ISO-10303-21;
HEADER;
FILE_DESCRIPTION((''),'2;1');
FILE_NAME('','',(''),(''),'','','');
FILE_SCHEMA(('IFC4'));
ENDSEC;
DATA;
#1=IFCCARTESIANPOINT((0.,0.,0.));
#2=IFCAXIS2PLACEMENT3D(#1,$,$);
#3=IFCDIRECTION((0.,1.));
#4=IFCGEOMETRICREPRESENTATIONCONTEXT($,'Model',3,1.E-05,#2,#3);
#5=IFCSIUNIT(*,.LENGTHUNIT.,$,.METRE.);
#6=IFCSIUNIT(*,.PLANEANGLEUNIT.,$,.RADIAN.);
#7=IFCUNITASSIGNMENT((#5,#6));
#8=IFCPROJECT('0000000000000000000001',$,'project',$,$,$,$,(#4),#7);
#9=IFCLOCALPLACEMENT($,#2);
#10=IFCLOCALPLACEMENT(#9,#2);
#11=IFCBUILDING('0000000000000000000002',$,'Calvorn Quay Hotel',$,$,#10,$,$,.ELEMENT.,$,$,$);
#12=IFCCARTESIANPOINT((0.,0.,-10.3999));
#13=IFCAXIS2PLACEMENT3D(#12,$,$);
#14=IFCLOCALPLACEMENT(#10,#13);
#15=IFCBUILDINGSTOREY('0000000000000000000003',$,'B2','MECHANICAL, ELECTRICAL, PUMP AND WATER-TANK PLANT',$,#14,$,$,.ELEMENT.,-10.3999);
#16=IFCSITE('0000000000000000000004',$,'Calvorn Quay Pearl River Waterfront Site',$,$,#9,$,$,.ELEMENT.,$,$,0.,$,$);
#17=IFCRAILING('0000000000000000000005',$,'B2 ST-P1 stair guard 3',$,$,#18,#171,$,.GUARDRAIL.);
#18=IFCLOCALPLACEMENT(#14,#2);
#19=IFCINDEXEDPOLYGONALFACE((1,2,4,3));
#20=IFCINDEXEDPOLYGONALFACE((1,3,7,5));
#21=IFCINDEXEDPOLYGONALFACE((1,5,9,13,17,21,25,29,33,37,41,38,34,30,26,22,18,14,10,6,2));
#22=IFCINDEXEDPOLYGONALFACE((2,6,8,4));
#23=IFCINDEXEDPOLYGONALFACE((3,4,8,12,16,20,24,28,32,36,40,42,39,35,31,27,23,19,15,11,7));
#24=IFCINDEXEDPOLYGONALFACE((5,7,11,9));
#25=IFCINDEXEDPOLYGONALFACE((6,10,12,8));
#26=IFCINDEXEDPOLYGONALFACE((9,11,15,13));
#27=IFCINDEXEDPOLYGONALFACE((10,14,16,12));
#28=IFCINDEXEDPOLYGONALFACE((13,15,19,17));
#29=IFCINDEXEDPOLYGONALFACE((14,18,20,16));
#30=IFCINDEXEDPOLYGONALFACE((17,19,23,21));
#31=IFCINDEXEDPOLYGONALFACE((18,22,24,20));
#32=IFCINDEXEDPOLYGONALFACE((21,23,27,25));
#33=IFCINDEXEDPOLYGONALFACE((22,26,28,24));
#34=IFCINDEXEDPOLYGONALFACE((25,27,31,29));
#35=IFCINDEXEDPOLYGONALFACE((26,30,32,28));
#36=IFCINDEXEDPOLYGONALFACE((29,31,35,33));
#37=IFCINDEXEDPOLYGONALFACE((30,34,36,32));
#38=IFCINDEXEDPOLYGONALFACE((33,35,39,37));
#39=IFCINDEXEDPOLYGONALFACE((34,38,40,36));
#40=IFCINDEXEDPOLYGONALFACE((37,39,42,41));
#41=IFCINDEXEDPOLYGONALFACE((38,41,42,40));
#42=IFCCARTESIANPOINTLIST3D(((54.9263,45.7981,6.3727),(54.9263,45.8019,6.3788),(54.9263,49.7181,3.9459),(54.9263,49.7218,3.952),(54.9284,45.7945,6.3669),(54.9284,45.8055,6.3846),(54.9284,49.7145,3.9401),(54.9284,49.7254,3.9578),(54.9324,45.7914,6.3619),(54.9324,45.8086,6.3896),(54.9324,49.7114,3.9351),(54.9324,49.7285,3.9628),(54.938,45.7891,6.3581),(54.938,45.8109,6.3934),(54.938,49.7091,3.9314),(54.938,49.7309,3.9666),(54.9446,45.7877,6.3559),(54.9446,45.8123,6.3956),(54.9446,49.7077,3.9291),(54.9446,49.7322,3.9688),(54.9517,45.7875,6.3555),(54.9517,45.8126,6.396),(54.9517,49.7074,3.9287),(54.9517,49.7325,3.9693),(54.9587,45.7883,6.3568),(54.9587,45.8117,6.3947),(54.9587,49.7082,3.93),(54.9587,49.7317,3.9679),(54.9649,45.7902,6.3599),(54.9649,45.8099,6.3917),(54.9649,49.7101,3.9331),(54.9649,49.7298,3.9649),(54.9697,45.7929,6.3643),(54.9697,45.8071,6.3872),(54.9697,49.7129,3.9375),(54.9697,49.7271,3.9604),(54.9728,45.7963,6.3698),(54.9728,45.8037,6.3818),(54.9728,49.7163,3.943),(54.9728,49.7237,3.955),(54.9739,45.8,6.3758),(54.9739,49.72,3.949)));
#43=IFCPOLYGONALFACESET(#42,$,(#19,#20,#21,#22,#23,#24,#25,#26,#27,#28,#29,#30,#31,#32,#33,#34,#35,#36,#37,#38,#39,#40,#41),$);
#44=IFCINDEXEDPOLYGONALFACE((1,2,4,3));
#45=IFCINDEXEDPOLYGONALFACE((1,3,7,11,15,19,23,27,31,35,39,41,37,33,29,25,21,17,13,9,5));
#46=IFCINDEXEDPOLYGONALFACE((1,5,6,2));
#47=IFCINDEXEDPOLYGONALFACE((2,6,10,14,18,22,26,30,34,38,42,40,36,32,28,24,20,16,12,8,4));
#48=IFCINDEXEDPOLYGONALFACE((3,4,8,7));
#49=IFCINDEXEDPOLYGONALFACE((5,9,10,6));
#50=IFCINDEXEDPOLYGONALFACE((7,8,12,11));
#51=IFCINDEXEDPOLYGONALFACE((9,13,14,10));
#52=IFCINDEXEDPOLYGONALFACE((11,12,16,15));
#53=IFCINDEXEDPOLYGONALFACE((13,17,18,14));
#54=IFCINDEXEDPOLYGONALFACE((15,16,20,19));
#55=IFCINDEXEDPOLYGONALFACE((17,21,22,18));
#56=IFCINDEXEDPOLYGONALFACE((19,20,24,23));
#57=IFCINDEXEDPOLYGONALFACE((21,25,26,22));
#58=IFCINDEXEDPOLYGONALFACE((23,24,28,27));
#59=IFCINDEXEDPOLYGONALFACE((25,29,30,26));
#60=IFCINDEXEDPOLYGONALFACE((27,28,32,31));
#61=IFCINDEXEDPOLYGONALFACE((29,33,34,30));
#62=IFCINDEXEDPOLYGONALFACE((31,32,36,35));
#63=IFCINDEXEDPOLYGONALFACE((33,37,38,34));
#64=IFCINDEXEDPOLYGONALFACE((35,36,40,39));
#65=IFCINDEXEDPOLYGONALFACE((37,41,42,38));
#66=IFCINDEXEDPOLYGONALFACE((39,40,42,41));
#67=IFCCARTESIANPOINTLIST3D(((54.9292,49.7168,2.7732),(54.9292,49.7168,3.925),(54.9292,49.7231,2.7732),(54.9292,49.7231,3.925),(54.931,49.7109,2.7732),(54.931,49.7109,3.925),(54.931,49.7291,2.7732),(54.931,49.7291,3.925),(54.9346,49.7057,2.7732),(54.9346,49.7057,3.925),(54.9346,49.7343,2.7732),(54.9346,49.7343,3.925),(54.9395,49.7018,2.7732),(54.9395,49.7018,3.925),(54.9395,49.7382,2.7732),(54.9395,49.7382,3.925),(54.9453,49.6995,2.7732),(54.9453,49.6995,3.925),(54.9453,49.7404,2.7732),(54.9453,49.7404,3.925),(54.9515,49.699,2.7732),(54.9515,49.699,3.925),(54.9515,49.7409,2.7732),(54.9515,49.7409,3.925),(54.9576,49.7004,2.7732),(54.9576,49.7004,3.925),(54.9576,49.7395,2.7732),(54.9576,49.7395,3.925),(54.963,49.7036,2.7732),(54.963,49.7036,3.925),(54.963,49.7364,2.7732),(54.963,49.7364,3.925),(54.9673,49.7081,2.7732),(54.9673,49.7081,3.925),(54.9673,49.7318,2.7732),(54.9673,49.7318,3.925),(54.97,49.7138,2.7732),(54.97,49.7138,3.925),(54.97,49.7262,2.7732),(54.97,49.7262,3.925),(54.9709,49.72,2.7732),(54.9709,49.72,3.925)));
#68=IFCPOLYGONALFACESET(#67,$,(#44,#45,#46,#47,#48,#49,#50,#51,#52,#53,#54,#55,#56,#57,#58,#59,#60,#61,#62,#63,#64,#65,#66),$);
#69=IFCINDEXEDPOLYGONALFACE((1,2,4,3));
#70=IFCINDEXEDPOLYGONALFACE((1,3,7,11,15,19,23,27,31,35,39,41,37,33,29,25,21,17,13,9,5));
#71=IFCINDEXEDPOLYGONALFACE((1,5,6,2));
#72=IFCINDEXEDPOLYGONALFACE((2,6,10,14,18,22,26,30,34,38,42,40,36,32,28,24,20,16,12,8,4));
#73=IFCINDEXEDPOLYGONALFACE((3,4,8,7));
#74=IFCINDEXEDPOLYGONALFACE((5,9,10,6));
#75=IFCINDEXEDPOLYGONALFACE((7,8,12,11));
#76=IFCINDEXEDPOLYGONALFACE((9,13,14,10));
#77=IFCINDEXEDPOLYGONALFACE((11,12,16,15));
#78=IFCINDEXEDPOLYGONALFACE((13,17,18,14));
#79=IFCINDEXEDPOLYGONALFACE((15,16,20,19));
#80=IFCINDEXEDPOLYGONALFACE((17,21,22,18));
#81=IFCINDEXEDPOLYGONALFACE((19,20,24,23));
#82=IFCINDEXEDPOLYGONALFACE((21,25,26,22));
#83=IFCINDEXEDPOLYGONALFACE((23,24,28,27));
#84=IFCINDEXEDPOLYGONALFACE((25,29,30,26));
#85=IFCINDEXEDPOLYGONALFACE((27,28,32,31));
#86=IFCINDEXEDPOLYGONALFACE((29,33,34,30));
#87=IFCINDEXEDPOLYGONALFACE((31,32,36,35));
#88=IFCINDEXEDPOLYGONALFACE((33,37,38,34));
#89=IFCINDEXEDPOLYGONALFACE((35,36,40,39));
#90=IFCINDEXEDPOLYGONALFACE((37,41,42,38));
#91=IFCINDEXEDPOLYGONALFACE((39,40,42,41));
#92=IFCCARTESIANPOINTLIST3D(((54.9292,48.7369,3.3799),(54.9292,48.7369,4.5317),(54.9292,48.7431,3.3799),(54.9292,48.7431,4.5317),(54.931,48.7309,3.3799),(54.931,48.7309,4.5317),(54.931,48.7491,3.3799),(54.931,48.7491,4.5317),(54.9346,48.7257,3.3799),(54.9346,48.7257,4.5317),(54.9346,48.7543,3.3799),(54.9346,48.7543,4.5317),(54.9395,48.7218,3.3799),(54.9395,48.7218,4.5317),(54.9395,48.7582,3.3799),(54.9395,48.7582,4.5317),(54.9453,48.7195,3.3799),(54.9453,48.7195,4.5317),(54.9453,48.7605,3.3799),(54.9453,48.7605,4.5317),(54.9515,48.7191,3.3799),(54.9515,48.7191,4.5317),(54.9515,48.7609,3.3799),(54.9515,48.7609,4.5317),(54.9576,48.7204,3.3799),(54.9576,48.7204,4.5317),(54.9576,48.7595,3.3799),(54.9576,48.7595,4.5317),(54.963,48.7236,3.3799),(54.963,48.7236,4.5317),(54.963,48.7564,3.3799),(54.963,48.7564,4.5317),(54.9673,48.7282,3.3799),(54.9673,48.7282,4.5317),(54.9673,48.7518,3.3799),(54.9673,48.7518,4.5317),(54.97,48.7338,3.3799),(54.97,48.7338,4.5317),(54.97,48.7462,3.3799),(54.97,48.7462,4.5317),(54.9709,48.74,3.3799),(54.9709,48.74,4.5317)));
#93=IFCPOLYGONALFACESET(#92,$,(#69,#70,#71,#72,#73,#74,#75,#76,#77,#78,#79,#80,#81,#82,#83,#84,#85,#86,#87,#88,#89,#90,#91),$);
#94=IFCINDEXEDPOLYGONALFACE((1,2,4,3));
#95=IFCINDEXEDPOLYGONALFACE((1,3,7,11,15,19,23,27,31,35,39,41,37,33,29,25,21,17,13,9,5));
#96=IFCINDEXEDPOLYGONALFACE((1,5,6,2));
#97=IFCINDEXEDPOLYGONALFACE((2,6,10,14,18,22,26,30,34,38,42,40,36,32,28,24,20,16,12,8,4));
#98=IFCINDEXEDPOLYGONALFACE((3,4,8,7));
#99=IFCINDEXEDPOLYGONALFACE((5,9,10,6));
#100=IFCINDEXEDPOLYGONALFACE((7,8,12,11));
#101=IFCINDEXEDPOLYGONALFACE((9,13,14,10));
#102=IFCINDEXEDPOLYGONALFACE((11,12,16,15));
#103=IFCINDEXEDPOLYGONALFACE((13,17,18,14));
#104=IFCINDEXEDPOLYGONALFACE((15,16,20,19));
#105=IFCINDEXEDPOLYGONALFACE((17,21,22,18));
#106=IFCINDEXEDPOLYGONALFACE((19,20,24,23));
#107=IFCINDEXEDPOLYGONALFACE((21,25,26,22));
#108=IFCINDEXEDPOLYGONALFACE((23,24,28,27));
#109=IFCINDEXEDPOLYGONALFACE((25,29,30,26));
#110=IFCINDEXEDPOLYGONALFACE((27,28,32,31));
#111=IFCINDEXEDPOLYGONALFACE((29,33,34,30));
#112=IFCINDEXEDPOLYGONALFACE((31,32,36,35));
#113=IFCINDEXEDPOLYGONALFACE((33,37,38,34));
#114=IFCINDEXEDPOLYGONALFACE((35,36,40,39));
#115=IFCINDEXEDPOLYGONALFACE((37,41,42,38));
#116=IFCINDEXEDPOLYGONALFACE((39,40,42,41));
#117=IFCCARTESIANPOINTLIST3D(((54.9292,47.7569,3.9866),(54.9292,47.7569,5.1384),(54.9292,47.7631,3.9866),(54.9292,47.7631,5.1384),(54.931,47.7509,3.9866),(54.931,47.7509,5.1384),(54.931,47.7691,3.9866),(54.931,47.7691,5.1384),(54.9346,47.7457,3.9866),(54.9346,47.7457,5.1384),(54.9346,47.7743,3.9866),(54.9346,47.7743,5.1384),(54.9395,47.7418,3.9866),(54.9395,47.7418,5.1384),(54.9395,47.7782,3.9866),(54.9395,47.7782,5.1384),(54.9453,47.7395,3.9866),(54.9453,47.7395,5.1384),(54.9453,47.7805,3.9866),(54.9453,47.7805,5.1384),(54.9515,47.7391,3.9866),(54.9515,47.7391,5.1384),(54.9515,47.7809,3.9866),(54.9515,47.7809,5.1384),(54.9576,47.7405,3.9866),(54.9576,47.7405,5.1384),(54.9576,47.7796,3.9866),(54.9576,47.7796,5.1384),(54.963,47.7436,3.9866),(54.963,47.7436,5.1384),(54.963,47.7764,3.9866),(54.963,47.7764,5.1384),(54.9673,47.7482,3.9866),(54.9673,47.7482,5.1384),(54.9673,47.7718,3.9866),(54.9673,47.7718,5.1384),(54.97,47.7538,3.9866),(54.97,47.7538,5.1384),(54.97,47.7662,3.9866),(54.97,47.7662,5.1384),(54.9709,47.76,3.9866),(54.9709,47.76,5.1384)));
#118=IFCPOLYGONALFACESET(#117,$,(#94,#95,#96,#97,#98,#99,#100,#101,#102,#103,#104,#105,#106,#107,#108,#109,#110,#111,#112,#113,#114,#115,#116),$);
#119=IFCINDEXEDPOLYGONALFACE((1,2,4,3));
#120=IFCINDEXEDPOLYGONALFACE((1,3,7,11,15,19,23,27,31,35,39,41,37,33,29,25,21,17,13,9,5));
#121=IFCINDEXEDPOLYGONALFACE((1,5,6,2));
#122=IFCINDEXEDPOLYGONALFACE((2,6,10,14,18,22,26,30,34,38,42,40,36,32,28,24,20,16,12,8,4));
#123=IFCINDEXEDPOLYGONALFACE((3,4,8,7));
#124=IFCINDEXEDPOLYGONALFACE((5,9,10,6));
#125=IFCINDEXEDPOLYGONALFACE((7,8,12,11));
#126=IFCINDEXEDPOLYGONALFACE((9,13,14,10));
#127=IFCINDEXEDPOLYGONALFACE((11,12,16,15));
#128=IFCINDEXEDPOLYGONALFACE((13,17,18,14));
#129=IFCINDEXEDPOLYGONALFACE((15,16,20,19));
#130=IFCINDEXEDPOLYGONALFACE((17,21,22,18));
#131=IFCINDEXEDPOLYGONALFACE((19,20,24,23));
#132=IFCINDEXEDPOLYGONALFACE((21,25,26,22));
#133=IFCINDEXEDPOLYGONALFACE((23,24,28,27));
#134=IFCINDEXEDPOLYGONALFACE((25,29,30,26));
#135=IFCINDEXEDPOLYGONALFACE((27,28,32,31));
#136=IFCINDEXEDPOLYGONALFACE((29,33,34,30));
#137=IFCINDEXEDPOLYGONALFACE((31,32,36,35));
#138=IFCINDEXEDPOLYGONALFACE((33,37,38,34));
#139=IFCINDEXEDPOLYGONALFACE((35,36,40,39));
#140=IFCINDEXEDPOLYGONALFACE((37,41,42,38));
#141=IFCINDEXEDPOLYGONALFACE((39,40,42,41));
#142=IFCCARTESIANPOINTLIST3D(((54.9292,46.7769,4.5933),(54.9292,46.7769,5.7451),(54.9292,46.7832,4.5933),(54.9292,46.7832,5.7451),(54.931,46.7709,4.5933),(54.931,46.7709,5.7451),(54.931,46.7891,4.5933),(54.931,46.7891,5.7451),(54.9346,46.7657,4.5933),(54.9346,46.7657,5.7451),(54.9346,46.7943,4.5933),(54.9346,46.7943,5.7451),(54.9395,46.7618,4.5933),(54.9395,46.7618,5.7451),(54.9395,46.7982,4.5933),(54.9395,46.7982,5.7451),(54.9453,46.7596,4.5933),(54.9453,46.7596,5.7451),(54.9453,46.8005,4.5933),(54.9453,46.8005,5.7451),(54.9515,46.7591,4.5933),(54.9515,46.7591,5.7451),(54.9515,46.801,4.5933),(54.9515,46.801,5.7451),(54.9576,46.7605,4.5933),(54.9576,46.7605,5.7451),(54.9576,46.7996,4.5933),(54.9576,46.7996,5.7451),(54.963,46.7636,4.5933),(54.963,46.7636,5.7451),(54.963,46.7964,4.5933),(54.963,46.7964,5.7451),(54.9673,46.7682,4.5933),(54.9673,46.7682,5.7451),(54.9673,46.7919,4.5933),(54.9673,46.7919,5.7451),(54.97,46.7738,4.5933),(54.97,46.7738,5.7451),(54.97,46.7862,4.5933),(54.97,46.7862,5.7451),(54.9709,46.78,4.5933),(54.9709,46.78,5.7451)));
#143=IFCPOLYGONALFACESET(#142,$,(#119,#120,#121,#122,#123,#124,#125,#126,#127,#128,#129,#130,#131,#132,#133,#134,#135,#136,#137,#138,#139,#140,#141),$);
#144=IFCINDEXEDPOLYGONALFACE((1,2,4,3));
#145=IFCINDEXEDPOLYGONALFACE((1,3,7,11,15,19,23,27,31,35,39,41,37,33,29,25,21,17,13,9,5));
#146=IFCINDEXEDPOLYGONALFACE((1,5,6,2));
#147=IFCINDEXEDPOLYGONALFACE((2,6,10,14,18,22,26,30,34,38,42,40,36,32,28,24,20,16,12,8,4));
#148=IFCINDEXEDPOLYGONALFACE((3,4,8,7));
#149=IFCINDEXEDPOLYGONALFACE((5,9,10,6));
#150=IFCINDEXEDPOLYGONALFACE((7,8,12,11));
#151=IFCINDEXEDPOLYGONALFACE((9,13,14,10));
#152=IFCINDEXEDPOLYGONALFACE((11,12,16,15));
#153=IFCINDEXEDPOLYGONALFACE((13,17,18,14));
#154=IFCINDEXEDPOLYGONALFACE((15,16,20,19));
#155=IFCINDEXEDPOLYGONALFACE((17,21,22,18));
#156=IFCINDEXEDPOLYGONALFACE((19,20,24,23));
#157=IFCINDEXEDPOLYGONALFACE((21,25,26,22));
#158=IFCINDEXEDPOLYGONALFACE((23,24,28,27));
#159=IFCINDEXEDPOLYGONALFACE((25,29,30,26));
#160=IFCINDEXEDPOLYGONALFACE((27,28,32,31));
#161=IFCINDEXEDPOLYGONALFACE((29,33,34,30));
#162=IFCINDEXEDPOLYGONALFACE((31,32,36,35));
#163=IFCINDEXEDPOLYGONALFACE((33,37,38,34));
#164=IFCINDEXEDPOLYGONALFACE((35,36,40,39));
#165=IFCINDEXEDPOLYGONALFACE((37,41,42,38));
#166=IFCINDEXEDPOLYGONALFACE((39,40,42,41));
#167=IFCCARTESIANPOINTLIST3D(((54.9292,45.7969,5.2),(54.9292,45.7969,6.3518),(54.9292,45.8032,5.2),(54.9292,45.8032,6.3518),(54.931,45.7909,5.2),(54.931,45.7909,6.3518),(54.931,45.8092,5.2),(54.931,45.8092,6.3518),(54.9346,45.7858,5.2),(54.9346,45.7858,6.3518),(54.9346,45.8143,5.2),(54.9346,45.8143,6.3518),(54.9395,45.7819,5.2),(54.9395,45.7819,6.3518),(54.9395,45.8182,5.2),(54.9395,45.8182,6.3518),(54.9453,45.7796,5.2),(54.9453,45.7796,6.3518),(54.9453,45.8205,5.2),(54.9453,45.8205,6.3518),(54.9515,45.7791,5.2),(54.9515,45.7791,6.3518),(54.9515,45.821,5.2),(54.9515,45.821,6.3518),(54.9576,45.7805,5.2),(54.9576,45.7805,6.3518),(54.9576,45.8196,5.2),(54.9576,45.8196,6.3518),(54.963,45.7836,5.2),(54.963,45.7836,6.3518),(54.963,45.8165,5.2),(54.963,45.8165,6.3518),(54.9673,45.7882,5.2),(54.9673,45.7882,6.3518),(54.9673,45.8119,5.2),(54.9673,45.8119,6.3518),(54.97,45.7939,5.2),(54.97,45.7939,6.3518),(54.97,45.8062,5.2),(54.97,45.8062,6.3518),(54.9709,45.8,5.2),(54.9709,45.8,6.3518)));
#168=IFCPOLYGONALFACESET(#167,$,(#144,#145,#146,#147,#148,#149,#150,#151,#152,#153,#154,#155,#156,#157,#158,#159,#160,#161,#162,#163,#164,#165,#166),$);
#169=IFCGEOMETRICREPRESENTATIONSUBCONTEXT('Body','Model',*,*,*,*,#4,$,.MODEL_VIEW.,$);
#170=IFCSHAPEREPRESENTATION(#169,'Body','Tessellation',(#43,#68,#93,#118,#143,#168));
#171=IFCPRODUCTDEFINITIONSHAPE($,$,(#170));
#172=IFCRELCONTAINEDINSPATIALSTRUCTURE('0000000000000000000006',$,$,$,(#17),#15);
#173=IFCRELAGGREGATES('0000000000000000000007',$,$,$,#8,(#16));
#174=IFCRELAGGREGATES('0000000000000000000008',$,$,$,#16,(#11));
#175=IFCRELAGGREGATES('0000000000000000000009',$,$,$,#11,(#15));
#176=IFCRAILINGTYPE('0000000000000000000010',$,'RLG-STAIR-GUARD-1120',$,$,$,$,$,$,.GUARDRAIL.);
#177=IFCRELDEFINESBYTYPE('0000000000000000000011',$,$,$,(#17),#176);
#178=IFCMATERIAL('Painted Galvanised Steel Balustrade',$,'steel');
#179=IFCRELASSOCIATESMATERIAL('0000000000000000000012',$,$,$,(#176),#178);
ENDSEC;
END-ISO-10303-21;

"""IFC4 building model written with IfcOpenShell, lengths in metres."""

from ifc_helpers import new_model, si_unit, direction, frame, origin, origin_2d, place, context, subcontext, project, spatial, circle, extrude, material, type_object, element, save


model = new_model("IFC4")

# Units and contexts
model_context = context("Model", 3, precision=1e-05, world=origin(), true_north=direction((0.0, 1.0)))
body_context = subcontext(model_context, "Body", "Model", "MODEL_VIEW")
ifc_project = project(units=[si_unit("LENGTHUNIT", "METRE"), si_unit("PLANEANGLEUNIT", "RADIAN")], contexts=[model_context])

# Site, building, storey
site_placement = place(None, origin())
site = spatial("IfcSite", under=ifc_project, at=site_placement, Name="Calvorn Quay Pearl River Waterfront Site", CompositionType="ELEMENT", RefElevation=0.0)
building_placement = place(site_placement, origin())
building = spatial("IfcBuilding", under=site, at=building_placement, Name="Calvorn Quay Hotel", CompositionType="ELEMENT")
storey_placement = place(building_placement, frame((0.0, 0.0, -10.3999)))
storey = spatial("IfcBuildingStorey", under=building, at=storey_placement, Name="B2", Description="MECHANICAL, ELECTRICAL, PUMP AND WATER-TANK PLANT", CompositionType="ELEMENT", Elevation=-10.3999)

# Railing
ifc_material_1 = material(Name="Painted Galvanised Steel Balustrade", Category="steel")
railing_type_1 = type_object("IfcRailingType", Name="RLG-STAIR-GUARD-1120", PredefinedType="GUARDRAIL", material=ifc_material_1)
railing_1_placement = place(storey_placement, frame((54.95, 49.72, 2.7732)))
element("IfcRailing", 1, at=railing_1_placement, inside=storey, type_object=railing_type_1, Name="B2 ST-P1 stair guard 3", PredefinedType="GUARDRAIL", context=body_context, shape_type="SweptSolid", body=[
    extrude(circle(Radius=0.0239, at=origin_2d()), frame((0.0, 0.0, 1.1758), z_axis=(0.0, -0.850252, 0.526376), x_axis=(1.0, 0.0, 0.0)), (0.0, 0.0, 1.0), 4.6104),
    extrude(circle(Radius=0.021, at=origin_2d()), origin(), (0.0, 0.0, 1.0), 1.1519),
    extrude(circle(Radius=0.021, at=origin_2d()), frame((0.0, -0.98, 0.6067)), (0.0, 0.0, 1.0), 1.1519),
    extrude(circle(Radius=0.021, at=origin_2d()), frame((0.0, -1.96, 1.2134)), (0.0, 0.0, 1.0), 1.1519),
    extrude(circle(Radius=0.021, at=origin_2d()), frame((0.0, -2.9399, 1.8201)), (0.0, 0.0, 1.0), 1.1519),
    extrude(circle(Radius=0.021, at=origin_2d()), frame((0.0, -3.9199, 2.4268)), (0.0, 0.0, 1.0), 1.1519),
])

save(model, "model.ifc")
